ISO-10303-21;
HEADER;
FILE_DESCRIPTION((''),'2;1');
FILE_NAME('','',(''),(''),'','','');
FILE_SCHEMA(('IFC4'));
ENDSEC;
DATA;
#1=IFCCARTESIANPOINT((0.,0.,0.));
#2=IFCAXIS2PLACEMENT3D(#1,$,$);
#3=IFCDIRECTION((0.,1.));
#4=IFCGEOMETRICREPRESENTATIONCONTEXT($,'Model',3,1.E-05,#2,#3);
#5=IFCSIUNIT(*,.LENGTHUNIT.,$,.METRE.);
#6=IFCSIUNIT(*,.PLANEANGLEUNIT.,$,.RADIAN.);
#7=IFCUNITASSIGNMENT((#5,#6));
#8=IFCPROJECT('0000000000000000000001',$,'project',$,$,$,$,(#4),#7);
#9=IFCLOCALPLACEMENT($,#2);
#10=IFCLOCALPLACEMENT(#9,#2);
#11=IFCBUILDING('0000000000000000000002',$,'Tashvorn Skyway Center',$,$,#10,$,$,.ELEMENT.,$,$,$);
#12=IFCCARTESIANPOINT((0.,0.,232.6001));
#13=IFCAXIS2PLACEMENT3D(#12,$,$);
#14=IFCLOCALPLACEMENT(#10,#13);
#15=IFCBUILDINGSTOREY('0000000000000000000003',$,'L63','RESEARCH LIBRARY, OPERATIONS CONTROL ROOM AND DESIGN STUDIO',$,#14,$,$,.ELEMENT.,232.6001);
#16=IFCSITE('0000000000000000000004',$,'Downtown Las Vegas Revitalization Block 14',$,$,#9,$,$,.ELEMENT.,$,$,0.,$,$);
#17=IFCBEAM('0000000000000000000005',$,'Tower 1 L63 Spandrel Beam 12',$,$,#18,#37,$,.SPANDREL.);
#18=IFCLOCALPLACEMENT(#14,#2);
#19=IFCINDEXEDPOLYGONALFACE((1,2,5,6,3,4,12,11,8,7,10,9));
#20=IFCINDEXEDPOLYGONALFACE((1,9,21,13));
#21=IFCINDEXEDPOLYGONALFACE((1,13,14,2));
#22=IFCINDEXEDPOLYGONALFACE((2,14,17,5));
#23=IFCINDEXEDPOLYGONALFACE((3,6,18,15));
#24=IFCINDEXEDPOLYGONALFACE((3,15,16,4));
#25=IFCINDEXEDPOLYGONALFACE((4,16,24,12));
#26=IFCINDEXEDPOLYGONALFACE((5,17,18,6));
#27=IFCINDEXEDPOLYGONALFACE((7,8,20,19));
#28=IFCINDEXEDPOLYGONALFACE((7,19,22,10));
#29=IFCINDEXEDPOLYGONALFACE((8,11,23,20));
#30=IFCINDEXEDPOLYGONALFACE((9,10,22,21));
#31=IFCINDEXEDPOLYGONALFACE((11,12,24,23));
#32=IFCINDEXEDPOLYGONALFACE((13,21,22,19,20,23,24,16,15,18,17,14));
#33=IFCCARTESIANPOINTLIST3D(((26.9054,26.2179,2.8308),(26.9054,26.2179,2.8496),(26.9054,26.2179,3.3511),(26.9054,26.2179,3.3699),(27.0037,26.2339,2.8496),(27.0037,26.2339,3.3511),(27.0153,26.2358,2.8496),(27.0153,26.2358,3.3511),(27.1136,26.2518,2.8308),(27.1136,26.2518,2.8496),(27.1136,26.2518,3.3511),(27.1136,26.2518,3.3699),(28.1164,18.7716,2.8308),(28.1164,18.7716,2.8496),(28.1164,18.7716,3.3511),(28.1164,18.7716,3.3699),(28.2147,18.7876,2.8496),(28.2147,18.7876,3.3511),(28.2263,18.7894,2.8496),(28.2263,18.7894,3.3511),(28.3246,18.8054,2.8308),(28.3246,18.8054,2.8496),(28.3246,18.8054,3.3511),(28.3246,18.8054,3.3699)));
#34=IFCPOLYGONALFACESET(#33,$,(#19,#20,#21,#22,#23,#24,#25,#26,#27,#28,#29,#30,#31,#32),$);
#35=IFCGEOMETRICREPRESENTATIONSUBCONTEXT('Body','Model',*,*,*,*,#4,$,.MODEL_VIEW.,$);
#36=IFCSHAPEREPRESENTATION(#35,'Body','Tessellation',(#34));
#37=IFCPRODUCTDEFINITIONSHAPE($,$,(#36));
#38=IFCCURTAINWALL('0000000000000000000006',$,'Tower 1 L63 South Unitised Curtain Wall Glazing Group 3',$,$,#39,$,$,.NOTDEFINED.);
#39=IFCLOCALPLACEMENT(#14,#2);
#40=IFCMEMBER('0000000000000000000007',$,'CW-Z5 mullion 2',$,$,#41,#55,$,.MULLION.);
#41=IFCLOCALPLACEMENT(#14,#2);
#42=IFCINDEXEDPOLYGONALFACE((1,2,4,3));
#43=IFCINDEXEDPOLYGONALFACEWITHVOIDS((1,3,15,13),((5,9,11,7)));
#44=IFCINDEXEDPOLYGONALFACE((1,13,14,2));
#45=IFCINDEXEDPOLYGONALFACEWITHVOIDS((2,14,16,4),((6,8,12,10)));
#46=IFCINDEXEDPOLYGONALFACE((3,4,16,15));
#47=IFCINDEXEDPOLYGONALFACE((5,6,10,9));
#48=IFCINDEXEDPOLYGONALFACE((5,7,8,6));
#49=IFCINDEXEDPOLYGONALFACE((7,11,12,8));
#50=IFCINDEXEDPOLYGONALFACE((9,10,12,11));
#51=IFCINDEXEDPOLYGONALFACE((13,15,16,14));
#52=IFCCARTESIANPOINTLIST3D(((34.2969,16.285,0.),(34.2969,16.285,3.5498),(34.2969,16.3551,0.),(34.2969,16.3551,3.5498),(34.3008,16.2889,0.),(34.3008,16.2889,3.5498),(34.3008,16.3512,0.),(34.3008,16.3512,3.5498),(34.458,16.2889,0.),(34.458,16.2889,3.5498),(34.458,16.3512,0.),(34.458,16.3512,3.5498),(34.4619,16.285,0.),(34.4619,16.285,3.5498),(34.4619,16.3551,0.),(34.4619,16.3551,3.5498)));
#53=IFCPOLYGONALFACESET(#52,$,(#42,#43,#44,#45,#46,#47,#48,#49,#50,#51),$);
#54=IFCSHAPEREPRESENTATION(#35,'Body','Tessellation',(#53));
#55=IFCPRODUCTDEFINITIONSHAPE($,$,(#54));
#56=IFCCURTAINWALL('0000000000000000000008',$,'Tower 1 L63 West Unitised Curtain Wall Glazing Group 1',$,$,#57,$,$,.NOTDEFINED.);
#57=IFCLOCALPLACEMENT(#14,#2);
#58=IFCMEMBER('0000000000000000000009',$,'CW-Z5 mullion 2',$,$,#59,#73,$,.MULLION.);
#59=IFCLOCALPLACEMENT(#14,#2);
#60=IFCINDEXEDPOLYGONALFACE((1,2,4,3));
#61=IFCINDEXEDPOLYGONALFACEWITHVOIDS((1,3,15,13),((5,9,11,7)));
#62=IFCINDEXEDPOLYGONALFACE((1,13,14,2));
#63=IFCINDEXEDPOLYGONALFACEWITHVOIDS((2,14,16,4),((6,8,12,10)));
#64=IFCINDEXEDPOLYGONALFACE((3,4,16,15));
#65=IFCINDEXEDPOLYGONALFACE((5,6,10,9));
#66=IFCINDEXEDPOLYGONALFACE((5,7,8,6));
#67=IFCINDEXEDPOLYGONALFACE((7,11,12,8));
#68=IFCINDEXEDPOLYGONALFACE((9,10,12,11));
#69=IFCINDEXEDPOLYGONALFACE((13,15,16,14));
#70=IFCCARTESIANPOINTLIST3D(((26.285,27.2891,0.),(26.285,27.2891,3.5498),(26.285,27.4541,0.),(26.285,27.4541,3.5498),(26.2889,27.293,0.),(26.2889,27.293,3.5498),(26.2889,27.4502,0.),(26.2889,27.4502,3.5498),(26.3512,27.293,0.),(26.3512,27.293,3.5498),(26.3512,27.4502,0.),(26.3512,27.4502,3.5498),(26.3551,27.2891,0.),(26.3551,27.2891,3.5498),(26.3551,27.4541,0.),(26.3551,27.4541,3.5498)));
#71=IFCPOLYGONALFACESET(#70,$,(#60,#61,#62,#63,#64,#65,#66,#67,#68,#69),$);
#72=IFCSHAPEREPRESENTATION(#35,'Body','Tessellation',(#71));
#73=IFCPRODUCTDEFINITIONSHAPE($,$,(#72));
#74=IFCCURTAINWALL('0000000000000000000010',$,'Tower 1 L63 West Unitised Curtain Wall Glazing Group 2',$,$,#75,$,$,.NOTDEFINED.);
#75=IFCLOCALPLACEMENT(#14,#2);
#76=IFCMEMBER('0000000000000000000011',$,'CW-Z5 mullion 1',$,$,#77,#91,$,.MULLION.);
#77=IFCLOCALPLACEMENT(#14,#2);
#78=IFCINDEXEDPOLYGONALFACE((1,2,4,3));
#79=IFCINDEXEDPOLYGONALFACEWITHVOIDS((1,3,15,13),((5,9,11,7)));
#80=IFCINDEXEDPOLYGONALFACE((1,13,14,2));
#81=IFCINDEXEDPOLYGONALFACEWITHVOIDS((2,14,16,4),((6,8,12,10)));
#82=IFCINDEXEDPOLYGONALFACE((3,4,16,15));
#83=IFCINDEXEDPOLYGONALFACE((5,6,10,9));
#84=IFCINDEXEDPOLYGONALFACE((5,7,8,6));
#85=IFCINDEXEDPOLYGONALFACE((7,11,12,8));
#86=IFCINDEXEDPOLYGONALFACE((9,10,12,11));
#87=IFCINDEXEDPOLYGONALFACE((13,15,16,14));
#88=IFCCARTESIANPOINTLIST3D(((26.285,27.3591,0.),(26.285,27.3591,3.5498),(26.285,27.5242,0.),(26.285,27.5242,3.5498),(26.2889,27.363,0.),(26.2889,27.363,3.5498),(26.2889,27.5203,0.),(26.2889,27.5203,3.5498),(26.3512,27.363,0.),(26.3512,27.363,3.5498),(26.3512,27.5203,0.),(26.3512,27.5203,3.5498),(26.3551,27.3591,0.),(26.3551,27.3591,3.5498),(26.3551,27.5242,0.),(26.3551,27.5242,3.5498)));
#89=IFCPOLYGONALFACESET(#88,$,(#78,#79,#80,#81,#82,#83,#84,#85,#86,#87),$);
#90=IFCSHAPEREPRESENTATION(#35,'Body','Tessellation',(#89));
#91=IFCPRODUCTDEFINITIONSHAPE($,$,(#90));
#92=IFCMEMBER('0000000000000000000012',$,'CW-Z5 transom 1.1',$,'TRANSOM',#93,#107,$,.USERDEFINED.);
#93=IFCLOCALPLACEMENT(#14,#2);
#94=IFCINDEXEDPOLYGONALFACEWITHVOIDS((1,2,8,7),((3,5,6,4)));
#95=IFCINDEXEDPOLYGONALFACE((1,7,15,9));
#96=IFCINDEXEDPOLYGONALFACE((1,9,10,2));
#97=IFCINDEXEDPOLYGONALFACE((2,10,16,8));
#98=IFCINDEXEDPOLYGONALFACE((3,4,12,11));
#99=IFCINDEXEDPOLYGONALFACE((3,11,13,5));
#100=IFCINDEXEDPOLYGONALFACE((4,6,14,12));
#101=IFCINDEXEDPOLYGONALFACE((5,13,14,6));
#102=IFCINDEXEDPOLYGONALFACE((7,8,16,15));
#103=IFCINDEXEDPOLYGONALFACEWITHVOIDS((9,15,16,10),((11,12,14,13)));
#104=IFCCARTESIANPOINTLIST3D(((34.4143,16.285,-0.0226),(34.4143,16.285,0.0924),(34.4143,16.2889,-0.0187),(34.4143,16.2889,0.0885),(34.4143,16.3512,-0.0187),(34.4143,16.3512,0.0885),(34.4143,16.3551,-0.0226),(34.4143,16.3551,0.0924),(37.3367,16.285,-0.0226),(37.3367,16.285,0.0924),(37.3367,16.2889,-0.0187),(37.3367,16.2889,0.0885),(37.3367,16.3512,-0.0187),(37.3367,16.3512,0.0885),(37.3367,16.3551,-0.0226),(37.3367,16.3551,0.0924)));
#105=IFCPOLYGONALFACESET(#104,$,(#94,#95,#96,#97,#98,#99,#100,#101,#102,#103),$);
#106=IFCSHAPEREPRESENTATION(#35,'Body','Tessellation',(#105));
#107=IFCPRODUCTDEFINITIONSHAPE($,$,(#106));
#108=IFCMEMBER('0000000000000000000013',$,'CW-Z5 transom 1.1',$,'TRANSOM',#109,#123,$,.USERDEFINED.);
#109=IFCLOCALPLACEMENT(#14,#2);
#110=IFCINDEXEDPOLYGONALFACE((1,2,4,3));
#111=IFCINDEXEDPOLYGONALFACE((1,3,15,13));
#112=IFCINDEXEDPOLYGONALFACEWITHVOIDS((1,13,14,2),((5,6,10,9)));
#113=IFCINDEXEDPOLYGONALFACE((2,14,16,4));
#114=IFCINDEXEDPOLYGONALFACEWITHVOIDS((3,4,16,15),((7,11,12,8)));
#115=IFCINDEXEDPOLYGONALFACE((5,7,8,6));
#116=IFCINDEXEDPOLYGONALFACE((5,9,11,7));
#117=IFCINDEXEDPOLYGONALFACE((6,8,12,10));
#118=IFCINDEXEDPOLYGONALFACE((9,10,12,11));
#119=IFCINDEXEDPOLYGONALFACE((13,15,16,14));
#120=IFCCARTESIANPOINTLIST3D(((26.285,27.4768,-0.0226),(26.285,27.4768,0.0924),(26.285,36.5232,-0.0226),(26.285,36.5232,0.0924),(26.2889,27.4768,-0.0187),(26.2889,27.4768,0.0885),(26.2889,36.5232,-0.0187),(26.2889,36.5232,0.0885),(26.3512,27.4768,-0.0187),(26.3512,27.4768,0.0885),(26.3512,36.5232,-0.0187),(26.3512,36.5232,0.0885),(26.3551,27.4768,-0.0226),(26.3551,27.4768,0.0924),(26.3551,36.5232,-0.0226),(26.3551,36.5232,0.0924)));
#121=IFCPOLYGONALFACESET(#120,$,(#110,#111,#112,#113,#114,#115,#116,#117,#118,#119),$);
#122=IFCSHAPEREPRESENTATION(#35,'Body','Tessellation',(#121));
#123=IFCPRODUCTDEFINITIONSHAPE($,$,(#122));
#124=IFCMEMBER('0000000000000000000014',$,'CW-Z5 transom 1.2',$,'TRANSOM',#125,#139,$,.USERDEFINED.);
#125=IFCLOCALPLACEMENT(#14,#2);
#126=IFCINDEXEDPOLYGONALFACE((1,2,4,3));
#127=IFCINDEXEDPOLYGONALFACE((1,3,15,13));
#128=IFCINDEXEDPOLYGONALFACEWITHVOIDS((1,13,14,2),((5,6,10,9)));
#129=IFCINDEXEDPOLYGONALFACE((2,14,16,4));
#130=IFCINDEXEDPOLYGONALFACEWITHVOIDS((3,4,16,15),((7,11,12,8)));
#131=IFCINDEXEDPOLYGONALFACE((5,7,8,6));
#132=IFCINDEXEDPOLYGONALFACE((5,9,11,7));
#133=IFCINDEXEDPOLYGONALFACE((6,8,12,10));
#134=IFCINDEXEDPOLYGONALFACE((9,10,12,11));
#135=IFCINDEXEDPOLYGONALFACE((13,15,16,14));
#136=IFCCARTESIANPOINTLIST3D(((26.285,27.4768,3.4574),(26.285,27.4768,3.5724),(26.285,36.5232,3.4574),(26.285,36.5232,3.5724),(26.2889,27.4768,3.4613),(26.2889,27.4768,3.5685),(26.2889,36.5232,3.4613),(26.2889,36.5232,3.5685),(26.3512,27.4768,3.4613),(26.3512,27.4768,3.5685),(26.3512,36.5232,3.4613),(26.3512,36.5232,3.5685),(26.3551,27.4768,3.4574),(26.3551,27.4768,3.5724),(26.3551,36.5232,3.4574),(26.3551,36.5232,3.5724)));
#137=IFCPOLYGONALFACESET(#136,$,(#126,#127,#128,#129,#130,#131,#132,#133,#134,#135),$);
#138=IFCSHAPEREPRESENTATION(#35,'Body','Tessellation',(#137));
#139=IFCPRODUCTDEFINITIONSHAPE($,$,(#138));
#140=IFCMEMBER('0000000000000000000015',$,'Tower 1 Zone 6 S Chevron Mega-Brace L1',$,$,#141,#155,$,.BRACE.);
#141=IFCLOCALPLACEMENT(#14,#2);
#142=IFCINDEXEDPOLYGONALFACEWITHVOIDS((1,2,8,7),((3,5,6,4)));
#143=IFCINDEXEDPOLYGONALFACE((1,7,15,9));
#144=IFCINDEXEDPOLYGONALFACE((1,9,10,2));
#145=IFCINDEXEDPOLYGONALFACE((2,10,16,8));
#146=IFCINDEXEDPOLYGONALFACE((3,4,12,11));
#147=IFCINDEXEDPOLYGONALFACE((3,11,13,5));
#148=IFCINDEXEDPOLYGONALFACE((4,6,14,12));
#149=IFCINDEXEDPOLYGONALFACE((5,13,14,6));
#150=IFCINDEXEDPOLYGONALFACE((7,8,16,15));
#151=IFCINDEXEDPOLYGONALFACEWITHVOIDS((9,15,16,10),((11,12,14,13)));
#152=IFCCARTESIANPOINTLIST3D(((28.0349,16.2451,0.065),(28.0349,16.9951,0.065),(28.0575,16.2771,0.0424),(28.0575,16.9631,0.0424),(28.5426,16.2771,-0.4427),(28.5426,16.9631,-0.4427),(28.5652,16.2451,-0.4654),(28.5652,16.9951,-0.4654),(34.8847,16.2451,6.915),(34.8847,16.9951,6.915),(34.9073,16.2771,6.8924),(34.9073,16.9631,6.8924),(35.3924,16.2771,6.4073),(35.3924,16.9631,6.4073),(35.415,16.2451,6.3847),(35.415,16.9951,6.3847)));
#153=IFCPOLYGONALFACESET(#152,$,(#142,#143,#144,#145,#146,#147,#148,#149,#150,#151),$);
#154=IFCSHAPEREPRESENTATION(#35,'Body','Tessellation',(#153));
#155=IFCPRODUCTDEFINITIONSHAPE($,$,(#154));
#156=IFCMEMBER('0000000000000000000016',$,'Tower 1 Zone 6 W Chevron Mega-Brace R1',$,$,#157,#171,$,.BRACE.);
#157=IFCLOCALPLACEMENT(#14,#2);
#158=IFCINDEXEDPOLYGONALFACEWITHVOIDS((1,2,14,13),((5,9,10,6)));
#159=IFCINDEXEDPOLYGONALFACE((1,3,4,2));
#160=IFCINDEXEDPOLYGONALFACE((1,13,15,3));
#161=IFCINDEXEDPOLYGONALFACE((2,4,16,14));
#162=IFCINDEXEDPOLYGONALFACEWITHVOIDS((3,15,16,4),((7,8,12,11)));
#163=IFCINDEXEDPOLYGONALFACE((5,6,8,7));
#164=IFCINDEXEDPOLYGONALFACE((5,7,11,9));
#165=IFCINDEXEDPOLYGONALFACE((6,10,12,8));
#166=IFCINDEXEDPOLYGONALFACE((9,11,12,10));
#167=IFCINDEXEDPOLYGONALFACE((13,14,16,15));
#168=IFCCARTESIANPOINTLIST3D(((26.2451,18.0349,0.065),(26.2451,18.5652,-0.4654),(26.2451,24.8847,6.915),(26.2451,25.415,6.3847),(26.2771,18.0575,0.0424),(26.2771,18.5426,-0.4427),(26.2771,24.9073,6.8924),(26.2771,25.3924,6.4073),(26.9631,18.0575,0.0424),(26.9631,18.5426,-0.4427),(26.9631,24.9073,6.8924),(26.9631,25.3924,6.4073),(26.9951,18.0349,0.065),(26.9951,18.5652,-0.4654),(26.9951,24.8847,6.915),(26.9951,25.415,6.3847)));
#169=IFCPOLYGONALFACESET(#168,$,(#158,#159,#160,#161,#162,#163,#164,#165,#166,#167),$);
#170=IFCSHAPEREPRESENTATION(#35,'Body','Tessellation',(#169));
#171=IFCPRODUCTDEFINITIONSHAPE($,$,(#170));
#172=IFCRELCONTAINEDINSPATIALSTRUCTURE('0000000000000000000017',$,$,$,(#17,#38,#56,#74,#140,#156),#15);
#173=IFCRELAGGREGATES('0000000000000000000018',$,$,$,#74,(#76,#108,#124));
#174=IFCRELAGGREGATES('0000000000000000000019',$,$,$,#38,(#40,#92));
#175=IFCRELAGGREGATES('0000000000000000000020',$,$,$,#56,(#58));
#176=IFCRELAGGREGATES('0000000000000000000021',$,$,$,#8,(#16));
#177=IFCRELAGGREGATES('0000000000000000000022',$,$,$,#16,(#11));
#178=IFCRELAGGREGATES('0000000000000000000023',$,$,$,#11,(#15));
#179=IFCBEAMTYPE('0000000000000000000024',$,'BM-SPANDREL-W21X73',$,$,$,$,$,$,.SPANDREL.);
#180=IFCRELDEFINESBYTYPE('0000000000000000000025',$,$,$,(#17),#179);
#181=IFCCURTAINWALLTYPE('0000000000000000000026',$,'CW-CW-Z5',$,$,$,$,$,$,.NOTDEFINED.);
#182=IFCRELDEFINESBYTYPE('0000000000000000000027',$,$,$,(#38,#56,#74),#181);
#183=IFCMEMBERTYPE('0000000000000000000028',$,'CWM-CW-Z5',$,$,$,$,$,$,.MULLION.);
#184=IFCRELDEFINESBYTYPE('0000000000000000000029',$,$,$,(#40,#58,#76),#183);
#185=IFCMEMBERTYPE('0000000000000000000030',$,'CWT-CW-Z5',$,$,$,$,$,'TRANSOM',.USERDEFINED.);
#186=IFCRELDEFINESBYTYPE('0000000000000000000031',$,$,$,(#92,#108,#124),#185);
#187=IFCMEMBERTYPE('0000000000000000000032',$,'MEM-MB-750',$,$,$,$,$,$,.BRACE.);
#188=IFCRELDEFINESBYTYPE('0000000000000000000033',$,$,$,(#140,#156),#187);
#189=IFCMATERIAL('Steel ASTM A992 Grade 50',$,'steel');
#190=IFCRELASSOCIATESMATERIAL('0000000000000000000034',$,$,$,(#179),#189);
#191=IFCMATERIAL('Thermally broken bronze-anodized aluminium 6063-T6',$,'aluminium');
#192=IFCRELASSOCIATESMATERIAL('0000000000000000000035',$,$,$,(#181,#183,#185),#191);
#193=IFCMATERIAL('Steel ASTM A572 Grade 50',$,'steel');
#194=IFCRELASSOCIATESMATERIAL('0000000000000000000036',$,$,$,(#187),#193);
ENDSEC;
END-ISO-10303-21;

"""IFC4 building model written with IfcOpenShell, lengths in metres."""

from ifc_helpers import new_model, si_unit, direction, frame, origin, origin_2d, place, context, subcontext, project, spatial, hollow_rectangle, i_section, extrude, material, material_profile, profile_set, type_object, element, aggregate, save


model = new_model("IFC4")

# Units and contexts
model_context = context("Model", 3, precision=1e-05, world=origin(), true_north=direction((0.0, 1.0)))
body_context = subcontext(model_context, "Body", "Model", "MODEL_VIEW")
ifc_project = project(units=[si_unit("LENGTHUNIT", "METRE"), si_unit("PLANEANGLEUNIT", "RADIAN")], contexts=[model_context])

# Site, building, storey
site_placement = place(None, origin())
site = spatial("IfcSite", under=ifc_project, at=site_placement, Name="Downtown Las Vegas Revitalization Block 14", CompositionType="ELEMENT", RefElevation=0.0)
building_placement = place(site_placement, origin())
building = spatial("IfcBuilding", under=site, at=building_placement, Name="Tashvorn Skyway Center", CompositionType="ELEMENT")
storey_placement = place(building_placement, frame((0.0, 0.0, 232.6001)))
storey = spatial("IfcBuildingStorey", under=building, at=storey_placement, Name="L63", Description="RESEARCH LIBRARY, OPERATIONS CONTROL ROOM AND DESIGN STUDIO", CompositionType="ELEMENT", Elevation=232.6001)

# Shared definitions
ifc_material_1 = material(Name="Steel ASTM A572 Grade 50", Category="steel")

# Beam
ifc_material_2 = material(Name="Steel ASTM A992 Grade 50", Category="steel")
ifc_material_profile_1 = material_profile(ifc_material_2, i_section(OverallWidth=0.2109, OverallDepth=0.5391, WebThickness=0.0117, FlangeThickness=0.0188, at=origin_2d()), Name="W21X73")
ifc_profile_set_1 = profile_set([ifc_material_profile_1], Name="Steel ASTM A992 Grade 50")
beam_type_1 = type_object("IfcBeamType", Name="BM-SPANDREL-W21X73", PredefinedType="SPANDREL", material=ifc_profile_set_1)
beam_1_placement = place(storey_placement, frame((27.0095, 26.2349, 3.1003), z_axis=(0.160514, -0.987034, 0.0), x_axis=(0.987034, 0.160514, 0.0)))
element("IfcBeam", 1, at=beam_1_placement, inside=storey, type_object=beam_type_1, Name="Tower 1 L63 Spandrel Beam 12", PredefinedType="SPANDREL", context=body_context, shape_type="SweptSolid", body=[
    extrude(i_section(OverallWidth=0.2109, OverallDepth=0.5391, WebThickness=0.0117, FlangeThickness=0.0188, at=origin_2d()), origin(), (0.0, 0.0, 1.0), 7.5442),
])

# Curtain walls, members
ifc_material_3 = material(Name="Thermally broken bronze-anodized aluminium 6063-T6", Category="aluminium")
curtain_wall_type = type_object("IfcCurtainWallType", Name="CW-CW-Z5", PredefinedType="NOTDEFINED", material=ifc_material_3)
curtain_wall_1_placement = place(storey_placement, origin())
curtain_wall_1 = element("IfcCurtainWall", 2, at=curtain_wall_1_placement, inside=storey, type_object=curtain_wall_type, Name="Tower 1 L63 South Unitised Curtain Wall Glazing Group 3", PredefinedType="NOTDEFINED")
ifc_material_profile_2 = material_profile(ifc_material_3, hollow_rectangle(XDim=0.0701, YDim=0.165, WallThickness=0.0039, at=origin_2d()), Name="ALU-MULL-70x165")
ifc_profile_set_2 = profile_set([ifc_material_profile_2], Name="Thermally broken bronze-anodized aluminium 6063-T6")
member_type_1 = type_object("IfcMemberType", Name="CWM-CW-Z5", PredefinedType="MULLION", material=ifc_profile_set_2)
member_1_placement = place(storey_placement, frame((34.3794, 16.3201, 0.0), z_axis=(0.0, 0.0, 1.0), x_axis=(0.0, -1.0, 0.0)))
member_1 = element("IfcMember", 3, at=member_1_placement, type_object=member_type_1, Name="CW-Z5 mullion 2", PredefinedType="MULLION", context=body_context, shape_type="SweptSolid", body=[
    extrude(hollow_rectangle(XDim=0.0701, YDim=0.165, WallThickness=0.0039, at=origin_2d()), origin(), (0.0, 0.0, 1.0), 3.5498),
])
curtain_wall_2_placement = place(storey_placement, origin())
curtain_wall_2 = element("IfcCurtainWall", 4, at=curtain_wall_2_placement, inside=storey, type_object=curtain_wall_type, Name="Tower 1 L63 West Unitised Curtain Wall Glazing Group 1", PredefinedType="NOTDEFINED")
member_2_placement = place(storey_placement, frame((26.3201, 27.3716, 0.0), z_axis=(0.0, 0.0, 1.0), x_axis=(-1.0, 0.0, 0.0)))
member_2 = element("IfcMember", 5, at=member_2_placement, type_object=member_type_1, Name="CW-Z5 mullion 2", PredefinedType="MULLION", context=body_context, shape_type="SweptSolid", body=[
    extrude(hollow_rectangle(XDim=0.0701, YDim=0.165, WallThickness=0.0039, at=origin_2d()), origin(), (0.0, 0.0, 1.0), 3.5498),
])
curtain_wall_3_placement = place(storey_placement, origin())
curtain_wall_3 = element("IfcCurtainWall", 6, at=curtain_wall_3_placement, inside=storey, type_object=curtain_wall_type, Name="Tower 1 L63 West Unitised Curtain Wall Glazing Group 2", PredefinedType="NOTDEFINED")
member_3_placement = place(storey_placement, frame((26.3201, 27.4417, 0.0), z_axis=(0.0, 0.0, 1.0), x_axis=(-1.0, 0.0, 0.0)))
member_3 = element("IfcMember", 7, at=member_3_placement, type_object=member_type_1, Name="CW-Z5 mullion 1", PredefinedType="MULLION", context=body_context, shape_type="SweptSolid", body=[
    extrude(hollow_rectangle(XDim=0.0701, YDim=0.165, WallThickness=0.0039, at=origin_2d()), origin(), (0.0, 0.0, 1.0), 3.5498),
])

# Members
ifc_material_profile_3 = material_profile(ifc_material_3, hollow_rectangle(XDim=0.0701, YDim=0.115, WallThickness=0.0039, at=origin_2d()), Name="ALU-TRAN-70x115")
ifc_profile_set_3 = profile_set([ifc_material_profile_3], Name="Thermally broken bronze-anodized aluminium 6063-T6")
member_type_2 = type_object("IfcMemberType", Name="CWT-CW-Z5", ElementType="TRANSOM", PredefinedType="USERDEFINED", material=ifc_profile_set_3)
member_4_placement = place(storey_placement, frame((37.3367, 16.3201, 0.0349), z_axis=(-1.0, 0.0, 0.0), x_axis=(0.0, -1.0, 0.0)))
member_4 = element("IfcMember", 8, at=member_4_placement, type_object=member_type_2, Name="CW-Z5 transom 1.1", ObjectType="TRANSOM", PredefinedType="USERDEFINED", context=body_context, shape_type="SweptSolid", body=[
    extrude(hollow_rectangle(XDim=0.0701, YDim=0.115, WallThickness=0.0039, at=origin_2d()), origin(), (0.0, 0.0, 1.0), 2.9224),
])
member_5_placement = place(storey_placement, frame((26.3201, 27.4768, 0.0349), z_axis=(0.0, 1.0, 0.0), x_axis=(-1.0, 0.0, 0.0)))
member_5 = element("IfcMember", 9, at=member_5_placement, type_object=member_type_2, Name="CW-Z5 transom 1.1", ObjectType="TRANSOM", PredefinedType="USERDEFINED", context=body_context, shape_type="SweptSolid", body=[
    extrude(hollow_rectangle(XDim=0.0701, YDim=0.115, WallThickness=0.0039, at=origin_2d()), origin(), (0.0, 0.0, 1.0), 9.0464),
])
member_6_placement = place(storey_placement, frame((26.3201, 27.4768, 3.5149), z_axis=(0.0, 1.0, 0.0), x_axis=(-1.0, 0.0, 0.0)))
member_6 = element("IfcMember", 10, at=member_6_placement, type_object=member_type_2, Name="CW-Z5 transom 1.2", ObjectType="TRANSOM", PredefinedType="USERDEFINED", context=body_context, shape_type="SweptSolid", body=[
    extrude(hollow_rectangle(XDim=0.0701, YDim=0.115, WallThickness=0.0039, at=origin_2d()), origin(), (0.0, 0.0, 1.0), 9.0464),
])
aggregate(curtain_wall_3, [member_3, member_5, member_6])

# Members
ifc_material_profile_4 = material_profile(ifc_material_1, hollow_rectangle(XDim=0.75, YDim=0.75, WallThickness=0.032, at=origin_2d()), Name="BOX750x750x32")
ifc_profile_set_4 = profile_set([ifc_material_profile_4], Name="Steel ASTM A572 Grade 50")
member_type_3 = type_object("IfcMemberType", Name="MEM-MB-750", PredefinedType="BRACE", material=ifc_profile_set_4)
for number, where, z_axis, x_axis, name in (
    (11, (28.3, 16.6201, -0.2002), (0.707094, 0.0, 0.707119), (0.0, 1.0, 0.0), "Tower 1 Zone 6 S Chevron Mega-Brace L1"),
    (12, (26.6201, 18.3, -0.2002), (0.0, 0.707094, 0.707119), (-1.0, 0.0, 0.0), "Tower 1 Zone 6 W Chevron Mega-Brace R1"),
):
    element("IfcMember", number, at=place(storey_placement, frame(where, z_axis=z_axis, x_axis=x_axis)), inside=storey, type_object=member_type_3, Name=name, PredefinedType="BRACE", context=body_context, shape_type="SweptSolid", body=[
        extrude(hollow_rectangle(XDim=0.75, YDim=0.75, WallThickness=0.032, at=origin_2d()), origin(), (0.0, 0.0, 1.0), 9.6873),
    ])

aggregate(curtain_wall_1, [member_1, member_4])
aggregate(curtain_wall_2, [member_2])

save(model, "model.ifc")
